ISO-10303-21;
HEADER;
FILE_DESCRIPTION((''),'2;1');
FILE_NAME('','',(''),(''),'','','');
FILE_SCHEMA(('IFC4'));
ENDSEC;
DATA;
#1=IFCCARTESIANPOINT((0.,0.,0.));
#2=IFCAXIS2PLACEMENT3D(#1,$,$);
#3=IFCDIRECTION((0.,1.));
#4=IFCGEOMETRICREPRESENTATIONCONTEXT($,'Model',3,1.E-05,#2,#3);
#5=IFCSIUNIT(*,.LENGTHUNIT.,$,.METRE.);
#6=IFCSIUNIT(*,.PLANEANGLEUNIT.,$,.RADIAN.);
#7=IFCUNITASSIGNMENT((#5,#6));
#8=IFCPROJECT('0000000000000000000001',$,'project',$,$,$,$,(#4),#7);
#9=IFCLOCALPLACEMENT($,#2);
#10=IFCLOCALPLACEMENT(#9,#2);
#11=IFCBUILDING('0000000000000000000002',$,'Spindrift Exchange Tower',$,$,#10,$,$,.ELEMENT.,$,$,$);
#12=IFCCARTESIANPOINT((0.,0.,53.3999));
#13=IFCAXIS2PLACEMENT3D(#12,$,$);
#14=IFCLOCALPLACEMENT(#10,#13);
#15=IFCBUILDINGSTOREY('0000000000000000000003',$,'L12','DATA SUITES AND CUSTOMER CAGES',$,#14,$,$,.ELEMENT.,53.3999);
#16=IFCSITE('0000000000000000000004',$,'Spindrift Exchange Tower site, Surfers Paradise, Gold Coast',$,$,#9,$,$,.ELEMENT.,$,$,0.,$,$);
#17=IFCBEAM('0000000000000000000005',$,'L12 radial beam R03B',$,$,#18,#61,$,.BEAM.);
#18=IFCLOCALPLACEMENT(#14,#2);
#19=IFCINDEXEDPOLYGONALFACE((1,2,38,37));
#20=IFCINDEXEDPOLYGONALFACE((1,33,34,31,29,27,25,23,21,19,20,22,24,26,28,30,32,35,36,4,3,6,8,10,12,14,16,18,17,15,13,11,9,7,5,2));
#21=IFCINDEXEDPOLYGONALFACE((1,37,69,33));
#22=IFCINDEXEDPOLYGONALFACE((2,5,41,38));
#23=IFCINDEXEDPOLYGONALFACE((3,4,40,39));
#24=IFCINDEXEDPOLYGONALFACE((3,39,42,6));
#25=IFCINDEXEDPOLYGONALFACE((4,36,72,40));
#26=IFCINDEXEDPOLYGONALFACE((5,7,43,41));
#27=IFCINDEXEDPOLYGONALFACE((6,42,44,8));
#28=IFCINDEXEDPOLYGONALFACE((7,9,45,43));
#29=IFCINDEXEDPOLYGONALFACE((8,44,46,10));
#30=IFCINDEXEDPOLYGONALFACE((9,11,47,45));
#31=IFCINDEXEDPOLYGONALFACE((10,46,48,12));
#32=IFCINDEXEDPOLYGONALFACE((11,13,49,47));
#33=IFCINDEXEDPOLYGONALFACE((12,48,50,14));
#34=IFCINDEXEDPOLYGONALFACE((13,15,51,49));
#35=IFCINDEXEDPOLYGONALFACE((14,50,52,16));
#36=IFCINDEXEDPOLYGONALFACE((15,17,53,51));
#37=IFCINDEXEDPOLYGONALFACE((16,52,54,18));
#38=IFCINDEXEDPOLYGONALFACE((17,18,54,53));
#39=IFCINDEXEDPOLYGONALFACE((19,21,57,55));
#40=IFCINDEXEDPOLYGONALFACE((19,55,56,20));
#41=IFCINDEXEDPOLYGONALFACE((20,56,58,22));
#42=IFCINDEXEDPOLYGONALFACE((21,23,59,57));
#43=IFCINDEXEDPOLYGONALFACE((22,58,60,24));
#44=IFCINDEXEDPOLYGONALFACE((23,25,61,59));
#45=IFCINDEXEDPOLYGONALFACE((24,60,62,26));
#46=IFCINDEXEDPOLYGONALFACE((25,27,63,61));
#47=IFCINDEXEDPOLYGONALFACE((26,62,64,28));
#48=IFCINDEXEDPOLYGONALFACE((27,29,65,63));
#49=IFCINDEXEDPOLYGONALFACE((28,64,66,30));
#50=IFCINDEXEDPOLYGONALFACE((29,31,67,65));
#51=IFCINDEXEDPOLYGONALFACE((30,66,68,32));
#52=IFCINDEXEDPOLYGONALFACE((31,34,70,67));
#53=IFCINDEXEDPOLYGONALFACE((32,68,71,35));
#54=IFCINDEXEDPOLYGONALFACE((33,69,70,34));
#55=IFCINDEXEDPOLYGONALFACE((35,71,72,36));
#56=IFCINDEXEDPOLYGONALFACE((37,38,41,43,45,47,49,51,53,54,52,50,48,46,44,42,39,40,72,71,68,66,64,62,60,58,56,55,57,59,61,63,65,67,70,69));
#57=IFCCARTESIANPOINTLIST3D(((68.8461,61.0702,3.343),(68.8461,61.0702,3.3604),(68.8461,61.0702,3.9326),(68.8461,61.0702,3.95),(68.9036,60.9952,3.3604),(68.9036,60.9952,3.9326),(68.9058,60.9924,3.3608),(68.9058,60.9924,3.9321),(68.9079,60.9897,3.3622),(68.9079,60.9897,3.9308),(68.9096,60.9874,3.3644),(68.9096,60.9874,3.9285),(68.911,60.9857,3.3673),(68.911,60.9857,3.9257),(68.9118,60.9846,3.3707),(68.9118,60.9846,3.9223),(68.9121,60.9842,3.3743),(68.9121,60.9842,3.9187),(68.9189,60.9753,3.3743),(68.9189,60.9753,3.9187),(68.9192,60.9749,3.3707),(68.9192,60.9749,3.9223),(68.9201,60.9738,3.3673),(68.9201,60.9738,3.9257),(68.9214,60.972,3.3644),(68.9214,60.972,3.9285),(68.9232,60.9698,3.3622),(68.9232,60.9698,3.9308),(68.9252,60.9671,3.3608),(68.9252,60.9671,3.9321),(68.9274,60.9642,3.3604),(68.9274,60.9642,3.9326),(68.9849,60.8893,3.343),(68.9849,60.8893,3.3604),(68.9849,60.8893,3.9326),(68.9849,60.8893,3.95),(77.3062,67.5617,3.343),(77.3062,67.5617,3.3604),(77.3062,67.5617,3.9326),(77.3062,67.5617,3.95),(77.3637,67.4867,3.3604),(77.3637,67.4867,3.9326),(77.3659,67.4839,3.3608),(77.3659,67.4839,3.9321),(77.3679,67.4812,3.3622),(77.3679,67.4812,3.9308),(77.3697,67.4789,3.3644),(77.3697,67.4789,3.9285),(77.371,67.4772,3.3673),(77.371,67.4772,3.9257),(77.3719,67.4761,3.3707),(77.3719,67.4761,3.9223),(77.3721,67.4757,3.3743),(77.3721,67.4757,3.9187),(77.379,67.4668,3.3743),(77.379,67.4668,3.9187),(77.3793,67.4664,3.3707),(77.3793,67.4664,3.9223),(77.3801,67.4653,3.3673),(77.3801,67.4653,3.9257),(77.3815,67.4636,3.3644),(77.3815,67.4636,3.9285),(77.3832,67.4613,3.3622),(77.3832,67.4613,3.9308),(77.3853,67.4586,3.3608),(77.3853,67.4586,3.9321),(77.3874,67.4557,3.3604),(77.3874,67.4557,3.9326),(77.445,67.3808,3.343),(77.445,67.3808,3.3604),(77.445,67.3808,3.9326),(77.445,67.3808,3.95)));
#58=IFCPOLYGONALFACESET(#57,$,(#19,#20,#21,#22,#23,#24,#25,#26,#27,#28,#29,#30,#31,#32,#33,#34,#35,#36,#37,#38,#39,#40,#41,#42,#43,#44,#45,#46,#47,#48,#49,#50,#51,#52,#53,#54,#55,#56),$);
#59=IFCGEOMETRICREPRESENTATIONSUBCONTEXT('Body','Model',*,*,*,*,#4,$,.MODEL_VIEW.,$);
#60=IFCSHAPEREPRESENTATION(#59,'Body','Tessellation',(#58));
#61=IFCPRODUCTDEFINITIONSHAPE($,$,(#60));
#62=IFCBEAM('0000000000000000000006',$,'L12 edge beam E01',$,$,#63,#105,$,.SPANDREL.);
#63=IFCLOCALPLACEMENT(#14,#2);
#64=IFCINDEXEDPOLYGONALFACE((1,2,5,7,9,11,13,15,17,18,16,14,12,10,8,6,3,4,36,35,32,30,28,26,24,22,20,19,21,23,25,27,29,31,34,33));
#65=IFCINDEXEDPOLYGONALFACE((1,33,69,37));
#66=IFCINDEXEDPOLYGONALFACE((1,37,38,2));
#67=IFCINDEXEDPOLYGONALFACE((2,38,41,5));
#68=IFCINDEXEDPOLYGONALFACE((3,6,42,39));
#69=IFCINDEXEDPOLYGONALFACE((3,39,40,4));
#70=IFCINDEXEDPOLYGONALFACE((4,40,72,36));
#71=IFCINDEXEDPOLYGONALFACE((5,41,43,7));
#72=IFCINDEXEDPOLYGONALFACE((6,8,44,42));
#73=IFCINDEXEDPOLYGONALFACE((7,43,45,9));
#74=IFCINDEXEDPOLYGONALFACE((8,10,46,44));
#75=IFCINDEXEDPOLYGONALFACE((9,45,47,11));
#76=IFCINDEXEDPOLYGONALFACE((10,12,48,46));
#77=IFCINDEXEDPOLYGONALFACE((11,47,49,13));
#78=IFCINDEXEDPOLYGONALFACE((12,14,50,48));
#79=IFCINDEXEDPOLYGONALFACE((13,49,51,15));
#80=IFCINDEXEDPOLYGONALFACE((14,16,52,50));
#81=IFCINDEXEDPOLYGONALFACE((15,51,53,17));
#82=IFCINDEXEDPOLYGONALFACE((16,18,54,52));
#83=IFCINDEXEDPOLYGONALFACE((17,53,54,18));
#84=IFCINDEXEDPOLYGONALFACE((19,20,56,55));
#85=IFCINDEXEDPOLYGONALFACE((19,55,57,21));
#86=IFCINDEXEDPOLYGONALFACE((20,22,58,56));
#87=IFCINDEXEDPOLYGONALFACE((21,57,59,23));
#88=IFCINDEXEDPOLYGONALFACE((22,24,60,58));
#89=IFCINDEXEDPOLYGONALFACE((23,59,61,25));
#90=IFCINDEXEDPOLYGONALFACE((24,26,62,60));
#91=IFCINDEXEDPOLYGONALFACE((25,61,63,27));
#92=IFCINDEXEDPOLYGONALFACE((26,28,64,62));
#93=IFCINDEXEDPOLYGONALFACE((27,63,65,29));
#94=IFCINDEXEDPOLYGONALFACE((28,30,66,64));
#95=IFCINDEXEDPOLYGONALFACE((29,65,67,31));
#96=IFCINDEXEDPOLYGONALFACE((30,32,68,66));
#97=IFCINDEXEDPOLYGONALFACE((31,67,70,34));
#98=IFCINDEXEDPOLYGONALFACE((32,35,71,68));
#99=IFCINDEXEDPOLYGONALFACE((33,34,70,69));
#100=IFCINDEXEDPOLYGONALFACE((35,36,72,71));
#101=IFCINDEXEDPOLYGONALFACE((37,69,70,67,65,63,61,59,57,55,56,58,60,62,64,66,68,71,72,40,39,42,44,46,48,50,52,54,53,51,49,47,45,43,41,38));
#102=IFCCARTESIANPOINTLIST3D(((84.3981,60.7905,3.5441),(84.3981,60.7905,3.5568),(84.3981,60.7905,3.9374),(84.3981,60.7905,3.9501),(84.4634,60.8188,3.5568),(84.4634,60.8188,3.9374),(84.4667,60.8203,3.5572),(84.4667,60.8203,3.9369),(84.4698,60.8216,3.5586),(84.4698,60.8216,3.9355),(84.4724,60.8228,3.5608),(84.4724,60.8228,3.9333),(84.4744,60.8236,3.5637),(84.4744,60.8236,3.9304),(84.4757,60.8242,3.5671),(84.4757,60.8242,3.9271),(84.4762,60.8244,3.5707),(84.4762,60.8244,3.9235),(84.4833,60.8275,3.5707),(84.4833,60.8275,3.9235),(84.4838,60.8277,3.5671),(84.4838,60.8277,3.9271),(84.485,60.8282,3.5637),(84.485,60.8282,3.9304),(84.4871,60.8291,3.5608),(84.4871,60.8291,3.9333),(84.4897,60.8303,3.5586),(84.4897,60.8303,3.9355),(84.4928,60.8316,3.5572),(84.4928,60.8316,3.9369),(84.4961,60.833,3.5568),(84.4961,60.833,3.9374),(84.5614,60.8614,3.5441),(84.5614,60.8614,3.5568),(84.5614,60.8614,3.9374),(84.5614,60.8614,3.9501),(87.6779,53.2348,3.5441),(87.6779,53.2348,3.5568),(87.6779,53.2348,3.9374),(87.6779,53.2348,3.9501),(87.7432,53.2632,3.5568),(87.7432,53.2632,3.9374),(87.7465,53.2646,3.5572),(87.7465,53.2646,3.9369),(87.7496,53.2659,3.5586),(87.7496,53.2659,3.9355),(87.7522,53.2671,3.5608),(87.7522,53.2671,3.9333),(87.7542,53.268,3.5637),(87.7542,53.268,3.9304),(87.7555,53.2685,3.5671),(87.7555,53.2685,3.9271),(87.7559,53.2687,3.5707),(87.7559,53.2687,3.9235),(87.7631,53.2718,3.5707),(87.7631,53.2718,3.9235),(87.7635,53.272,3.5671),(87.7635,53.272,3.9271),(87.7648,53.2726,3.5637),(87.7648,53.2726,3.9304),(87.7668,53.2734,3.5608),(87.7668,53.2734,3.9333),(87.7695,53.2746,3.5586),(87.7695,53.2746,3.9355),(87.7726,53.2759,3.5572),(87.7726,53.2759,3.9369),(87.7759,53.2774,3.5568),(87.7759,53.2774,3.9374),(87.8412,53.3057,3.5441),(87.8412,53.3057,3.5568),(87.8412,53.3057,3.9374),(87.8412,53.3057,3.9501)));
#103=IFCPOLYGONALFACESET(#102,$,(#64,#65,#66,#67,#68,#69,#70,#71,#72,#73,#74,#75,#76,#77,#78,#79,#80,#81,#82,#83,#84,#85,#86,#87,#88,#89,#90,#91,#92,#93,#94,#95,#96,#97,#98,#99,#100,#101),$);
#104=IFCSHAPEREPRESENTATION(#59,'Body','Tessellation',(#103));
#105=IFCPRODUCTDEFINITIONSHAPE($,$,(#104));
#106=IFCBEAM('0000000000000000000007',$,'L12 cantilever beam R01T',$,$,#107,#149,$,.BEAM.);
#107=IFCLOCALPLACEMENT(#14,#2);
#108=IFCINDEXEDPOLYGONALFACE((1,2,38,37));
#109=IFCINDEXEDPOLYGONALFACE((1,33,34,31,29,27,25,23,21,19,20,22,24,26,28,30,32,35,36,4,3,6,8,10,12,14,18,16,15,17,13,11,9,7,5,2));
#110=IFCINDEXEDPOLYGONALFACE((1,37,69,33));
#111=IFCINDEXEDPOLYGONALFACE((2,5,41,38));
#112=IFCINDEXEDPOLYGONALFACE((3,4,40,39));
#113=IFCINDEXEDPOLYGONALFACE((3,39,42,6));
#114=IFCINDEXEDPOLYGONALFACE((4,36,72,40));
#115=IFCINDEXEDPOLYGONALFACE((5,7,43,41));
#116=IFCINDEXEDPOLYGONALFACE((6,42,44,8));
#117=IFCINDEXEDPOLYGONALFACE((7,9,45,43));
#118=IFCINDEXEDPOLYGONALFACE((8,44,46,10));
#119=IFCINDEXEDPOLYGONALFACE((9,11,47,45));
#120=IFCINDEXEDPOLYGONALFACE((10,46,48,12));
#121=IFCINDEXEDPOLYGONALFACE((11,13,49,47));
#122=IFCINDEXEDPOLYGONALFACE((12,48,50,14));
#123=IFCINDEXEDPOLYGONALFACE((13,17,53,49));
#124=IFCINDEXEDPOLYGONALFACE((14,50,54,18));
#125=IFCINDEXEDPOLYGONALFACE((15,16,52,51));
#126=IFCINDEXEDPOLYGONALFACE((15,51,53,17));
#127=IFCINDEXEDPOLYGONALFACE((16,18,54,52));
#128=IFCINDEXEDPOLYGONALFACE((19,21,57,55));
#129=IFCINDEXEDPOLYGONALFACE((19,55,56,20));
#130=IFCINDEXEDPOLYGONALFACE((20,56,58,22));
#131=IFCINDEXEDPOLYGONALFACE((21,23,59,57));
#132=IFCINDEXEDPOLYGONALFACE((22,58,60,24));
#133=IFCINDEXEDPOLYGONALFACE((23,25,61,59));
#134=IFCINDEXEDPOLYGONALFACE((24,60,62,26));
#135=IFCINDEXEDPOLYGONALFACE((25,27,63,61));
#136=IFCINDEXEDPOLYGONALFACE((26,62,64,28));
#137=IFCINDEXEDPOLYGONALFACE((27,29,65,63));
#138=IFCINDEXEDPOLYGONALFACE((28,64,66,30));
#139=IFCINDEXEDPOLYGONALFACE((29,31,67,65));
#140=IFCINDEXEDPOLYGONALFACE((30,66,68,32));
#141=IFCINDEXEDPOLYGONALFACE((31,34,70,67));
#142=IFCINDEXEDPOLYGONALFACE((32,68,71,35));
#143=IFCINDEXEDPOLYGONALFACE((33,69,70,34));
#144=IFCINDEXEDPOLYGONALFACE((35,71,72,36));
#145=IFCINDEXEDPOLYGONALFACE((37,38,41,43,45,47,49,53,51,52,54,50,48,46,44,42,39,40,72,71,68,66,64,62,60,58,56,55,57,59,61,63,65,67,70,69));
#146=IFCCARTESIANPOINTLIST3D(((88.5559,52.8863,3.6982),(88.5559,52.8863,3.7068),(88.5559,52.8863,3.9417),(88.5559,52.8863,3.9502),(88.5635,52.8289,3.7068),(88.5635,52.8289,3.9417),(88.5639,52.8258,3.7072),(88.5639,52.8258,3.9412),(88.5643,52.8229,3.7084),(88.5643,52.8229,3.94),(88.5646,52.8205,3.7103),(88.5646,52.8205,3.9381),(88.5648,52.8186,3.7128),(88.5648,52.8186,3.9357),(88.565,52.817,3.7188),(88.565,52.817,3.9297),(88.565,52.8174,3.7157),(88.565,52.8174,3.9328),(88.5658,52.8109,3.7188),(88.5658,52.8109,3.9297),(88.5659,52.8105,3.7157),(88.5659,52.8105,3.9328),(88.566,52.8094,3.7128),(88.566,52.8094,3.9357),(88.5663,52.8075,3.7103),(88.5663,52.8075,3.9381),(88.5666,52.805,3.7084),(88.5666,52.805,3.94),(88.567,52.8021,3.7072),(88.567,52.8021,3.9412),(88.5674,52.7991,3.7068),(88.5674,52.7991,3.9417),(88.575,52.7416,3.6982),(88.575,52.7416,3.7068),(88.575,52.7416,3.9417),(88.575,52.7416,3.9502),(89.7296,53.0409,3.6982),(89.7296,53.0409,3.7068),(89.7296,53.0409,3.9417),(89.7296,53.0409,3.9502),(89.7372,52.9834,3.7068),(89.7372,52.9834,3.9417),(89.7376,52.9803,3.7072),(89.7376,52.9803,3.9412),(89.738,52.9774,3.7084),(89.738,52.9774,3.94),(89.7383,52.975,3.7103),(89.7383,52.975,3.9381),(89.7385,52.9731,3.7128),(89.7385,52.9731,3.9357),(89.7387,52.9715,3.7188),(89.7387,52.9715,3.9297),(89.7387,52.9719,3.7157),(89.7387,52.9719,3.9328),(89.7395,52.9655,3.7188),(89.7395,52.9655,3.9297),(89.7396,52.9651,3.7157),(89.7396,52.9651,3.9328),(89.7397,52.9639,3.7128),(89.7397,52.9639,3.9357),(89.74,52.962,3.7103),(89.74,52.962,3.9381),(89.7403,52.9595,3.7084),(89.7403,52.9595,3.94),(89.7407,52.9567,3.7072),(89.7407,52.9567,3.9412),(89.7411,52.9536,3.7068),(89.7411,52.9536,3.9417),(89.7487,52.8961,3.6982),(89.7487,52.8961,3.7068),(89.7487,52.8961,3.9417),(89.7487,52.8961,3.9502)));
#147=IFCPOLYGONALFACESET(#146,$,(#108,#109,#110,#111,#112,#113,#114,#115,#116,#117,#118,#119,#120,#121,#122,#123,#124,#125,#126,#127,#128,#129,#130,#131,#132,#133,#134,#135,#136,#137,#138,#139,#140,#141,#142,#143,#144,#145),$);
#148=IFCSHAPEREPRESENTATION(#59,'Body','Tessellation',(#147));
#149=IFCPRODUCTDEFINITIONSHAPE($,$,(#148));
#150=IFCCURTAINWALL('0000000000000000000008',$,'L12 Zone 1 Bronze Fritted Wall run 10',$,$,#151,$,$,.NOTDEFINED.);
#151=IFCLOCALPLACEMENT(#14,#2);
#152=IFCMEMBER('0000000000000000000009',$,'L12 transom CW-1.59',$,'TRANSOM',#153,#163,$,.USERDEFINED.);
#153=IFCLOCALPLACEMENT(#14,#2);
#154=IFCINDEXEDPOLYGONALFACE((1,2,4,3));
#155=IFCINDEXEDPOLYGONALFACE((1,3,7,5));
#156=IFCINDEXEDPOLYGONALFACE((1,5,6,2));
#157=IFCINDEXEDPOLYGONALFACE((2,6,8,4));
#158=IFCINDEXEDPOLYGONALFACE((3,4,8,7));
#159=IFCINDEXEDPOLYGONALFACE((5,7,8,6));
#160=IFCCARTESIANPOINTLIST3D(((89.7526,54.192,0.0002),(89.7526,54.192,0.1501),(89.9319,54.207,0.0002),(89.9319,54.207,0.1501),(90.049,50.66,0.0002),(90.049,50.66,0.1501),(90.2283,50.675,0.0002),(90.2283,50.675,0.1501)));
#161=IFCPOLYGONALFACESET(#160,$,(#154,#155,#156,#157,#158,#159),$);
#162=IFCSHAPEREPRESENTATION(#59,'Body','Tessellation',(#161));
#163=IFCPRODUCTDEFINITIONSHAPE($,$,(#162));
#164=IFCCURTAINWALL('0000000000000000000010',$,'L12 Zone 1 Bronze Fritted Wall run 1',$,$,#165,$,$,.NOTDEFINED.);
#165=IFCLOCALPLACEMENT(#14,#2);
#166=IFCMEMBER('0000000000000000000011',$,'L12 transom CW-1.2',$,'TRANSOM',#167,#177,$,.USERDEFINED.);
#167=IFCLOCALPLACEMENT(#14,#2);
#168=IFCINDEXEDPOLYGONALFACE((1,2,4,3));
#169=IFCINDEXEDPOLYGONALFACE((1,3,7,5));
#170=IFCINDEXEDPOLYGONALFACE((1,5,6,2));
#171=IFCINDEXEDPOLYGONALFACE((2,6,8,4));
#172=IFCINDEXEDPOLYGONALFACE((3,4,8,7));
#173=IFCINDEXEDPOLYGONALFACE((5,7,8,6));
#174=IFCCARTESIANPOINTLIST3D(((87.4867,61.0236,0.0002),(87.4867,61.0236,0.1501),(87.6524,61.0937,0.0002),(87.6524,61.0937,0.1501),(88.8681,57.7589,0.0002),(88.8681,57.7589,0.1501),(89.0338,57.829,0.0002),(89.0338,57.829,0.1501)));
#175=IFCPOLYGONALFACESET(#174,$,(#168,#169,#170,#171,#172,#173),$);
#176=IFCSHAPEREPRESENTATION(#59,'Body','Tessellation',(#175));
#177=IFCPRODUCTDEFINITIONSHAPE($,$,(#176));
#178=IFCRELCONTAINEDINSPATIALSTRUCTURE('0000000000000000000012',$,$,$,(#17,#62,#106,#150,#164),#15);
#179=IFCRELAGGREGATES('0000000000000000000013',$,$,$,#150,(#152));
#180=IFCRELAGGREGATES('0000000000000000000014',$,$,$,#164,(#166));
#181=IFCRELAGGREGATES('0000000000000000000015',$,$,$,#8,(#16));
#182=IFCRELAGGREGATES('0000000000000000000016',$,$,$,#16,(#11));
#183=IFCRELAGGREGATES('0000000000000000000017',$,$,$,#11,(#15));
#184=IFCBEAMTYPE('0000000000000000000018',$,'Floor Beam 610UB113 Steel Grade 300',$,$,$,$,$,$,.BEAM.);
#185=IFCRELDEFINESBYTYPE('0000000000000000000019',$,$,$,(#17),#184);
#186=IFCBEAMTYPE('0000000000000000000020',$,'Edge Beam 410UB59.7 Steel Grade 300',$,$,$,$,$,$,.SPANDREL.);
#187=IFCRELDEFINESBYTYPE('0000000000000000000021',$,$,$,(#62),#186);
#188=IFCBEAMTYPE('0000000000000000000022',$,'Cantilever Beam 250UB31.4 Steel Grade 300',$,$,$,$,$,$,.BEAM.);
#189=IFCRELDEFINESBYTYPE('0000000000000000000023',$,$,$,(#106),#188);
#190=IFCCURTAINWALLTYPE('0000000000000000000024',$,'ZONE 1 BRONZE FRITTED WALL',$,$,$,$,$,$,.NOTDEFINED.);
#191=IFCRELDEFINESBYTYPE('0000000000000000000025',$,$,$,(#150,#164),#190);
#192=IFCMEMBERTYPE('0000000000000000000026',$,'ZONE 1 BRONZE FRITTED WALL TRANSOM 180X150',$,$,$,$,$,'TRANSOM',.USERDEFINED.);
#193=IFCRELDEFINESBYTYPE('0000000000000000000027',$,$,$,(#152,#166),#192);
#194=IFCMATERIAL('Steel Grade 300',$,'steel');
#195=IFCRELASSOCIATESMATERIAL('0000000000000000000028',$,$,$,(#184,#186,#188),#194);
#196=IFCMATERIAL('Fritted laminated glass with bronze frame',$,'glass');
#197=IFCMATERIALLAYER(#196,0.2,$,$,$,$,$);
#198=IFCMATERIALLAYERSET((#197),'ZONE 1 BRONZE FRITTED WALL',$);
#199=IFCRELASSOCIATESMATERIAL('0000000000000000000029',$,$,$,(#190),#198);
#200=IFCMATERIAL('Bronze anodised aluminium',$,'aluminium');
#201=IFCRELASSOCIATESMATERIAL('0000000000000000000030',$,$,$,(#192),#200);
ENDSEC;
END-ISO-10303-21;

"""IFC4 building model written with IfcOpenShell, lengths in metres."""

from ifc_helpers import new_model, si_unit, direction, frame, origin, origin_2d, place, context, subcontext, project, spatial, rectangle, i_section, extrude, source, transform, mapped, material, layer, layer_set, material_profile, profile_set, type_object, element, aggregate, save


model = new_model("IFC4")

# Units and contexts
model_context = context("Model", 3, precision=1e-05, world=origin(), true_north=direction((0.0, 1.0)))
body_context = subcontext(model_context, "Body", "Model", "MODEL_VIEW")
ifc_project = project(units=[si_unit("LENGTHUNIT", "METRE"), si_unit("PLANEANGLEUNIT", "RADIAN")], contexts=[model_context])

# Site, building, storey
site_placement = place(None, origin())
site = spatial("IfcSite", under=ifc_project, at=site_placement, Name="Spindrift Exchange Tower site, Surfers Paradise, Gold Coast", CompositionType="ELEMENT", RefElevation=0.0)
building_placement = place(site_placement, origin())
building = spatial("IfcBuilding", under=site, at=building_placement, Name="Spindrift Exchange Tower", CompositionType="ELEMENT")
storey_placement = place(building_placement, frame((0.0, 0.0, 53.3999)))
storey = spatial("IfcBuildingStorey", under=building, at=storey_placement, Name="L12", Description="DATA SUITES AND CUSTOMER CAGES", CompositionType="ELEMENT", Elevation=53.3999)

# Beams
ifc_material_1 = material(Name="Steel Grade 300", Category="steel")
ifc_material_profile_1 = material_profile(ifc_material_1, i_section(OverallWidth=0.228, OverallDepth=0.6069, WebThickness=0.0112, FlangeThickness=0.0173, FilletRadius=0.0139, at=origin_2d()), Name="610UB113")
ifc_profile_set_1 = profile_set([ifc_material_profile_1], Name="Steel Grade 300")
beam_type_1 = type_object("IfcBeamType", Name="Floor Beam 610UB113 Steel Grade 300", PredefinedType="BEAM", material=ifc_profile_set_1)
shared_shape_1 = source(origin(), body_context, "Body", "SweptSolid", [
    extrude(i_section(OverallWidth=0.228, OverallDepth=0.6069, WebThickness=0.0112, FlangeThickness=0.0173, FilletRadius=0.0139, at=origin_2d()), origin(), (0.0, 0.0, 1.0), 10.6636),
])
beam_1_placement = place(storey_placement, frame((68.9155, 60.9797, 3.6465), z_axis=(0.793358, 0.608755, 0.0), x_axis=(-0.608755, 0.793358, 0.0)))
element("IfcBeam", 1, at=beam_1_placement, inside=storey, type_object=beam_type_1, Name="L12 radial beam R03B", PredefinedType="BEAM", context=body_context, shape_type="MappedRepresentation", body=[
    mapped(shared_shape_1, transform((0.0, 0.0, 0.0), scale=1.0)),
])
ifc_material_profile_2 = material_profile(ifc_material_1, i_section(OverallWidth=0.178, OverallDepth=0.406, WebThickness=0.0078, FlangeThickness=0.0127, FilletRadius=0.0139, at=origin_2d()), Name="410UB59.7")
ifc_profile_set_2 = profile_set([ifc_material_profile_2], Name="Steel Grade 300")
beam_type_2 = type_object("IfcBeamType", Name="Edge Beam 410UB59.7 Steel Grade 300", PredefinedType="SPANDREL", material=ifc_profile_set_2)
shared_shape_2 = source(origin(), body_context, "Body", "SweptSolid", [
    extrude(i_section(OverallWidth=0.178, OverallDepth=0.406, WebThickness=0.0078, FlangeThickness=0.0127, FilletRadius=0.0139, at=origin_2d()), origin(), (0.0, 0.0, 1.0), 8.2368),
])
beam_2_placement = place(storey_placement, frame((87.7595, 53.2703, 3.7471), z_axis=(-0.398186, 0.917305, 0.0), x_axis=(-0.917305, -0.398186, 0.0)))
element("IfcBeam", 2, at=beam_2_placement, inside=storey, type_object=beam_type_2, Name="L12 edge beam E01", PredefinedType="SPANDREL", context=body_context, shape_type="MappedRepresentation", body=[
    mapped(shared_shape_2, transform((0.0, 0.0, 0.0), scale=1.0)),
])
ifc_material_profile_3 = material_profile(ifc_material_1, i_section(OverallWidth=0.146, OverallDepth=0.252, WebThickness=0.0061, FlangeThickness=0.0085, FilletRadius=0.012, at=origin_2d()), Name="250UB31.4")
ifc_profile_set_3 = profile_set([ifc_material_profile_3], Name="Steel Grade 300")
beam_type_3 = type_object("IfcBeamType", Name="Cantilever Beam 250UB31.4 Steel Grade 300", PredefinedType="BEAM", material=ifc_profile_set_3)
shared_shape_3 = source(origin(), body_context, "Body", "SweptSolid", [
    extrude(i_section(OverallWidth=0.146, OverallDepth=0.252, WebThickness=0.0061, FlangeThickness=0.0085, FilletRadius=0.012, at=origin_2d()), origin(), (0.0, 0.0, 1.0), 1.1838),
])
beam_3_placement = place(storey_placement, frame((88.5654, 52.814, 3.8242), z_axis=(0.991444, 0.130529, 0.0), x_axis=(-0.130529, 0.991444, 0.0)))
element("IfcBeam", 3, at=beam_3_placement, inside=storey, type_object=beam_type_3, Name="L12 cantilever beam R01T", PredefinedType="BEAM", context=body_context, shape_type="MappedRepresentation", body=[
    mapped(shared_shape_3, transform((0.0, 0.0, 0.0), scale=1.0)),
])

# Curtain wall, member
ifc_material_2 = material(Name="Fritted laminated glass with bronze frame", Category="glass")
ifc_layer_1 = layer(ifc_material_2, 0.2)
ifc_layer_set_1 = layer_set([ifc_layer_1], Name="ZONE 1 BRONZE FRITTED WALL")
curtain_wall_type = type_object("IfcCurtainWallType", Name="ZONE 1 BRONZE FRITTED WALL", PredefinedType="NOTDEFINED", material=ifc_layer_set_1)
curtain_wall_1_placement = place(storey_placement, origin())
curtain_wall_1 = element("IfcCurtainWall", 4, at=curtain_wall_1_placement, inside=storey, type_object=curtain_wall_type, Name="L12 Zone 1 Bronze Fritted Wall run 10", PredefinedType="NOTDEFINED")
ifc_material_3 = material(Name="Bronze anodised aluminium", Category="aluminium")
ifc_material_profile_4 = material_profile(ifc_material_3, rectangle(XDim=0.1799, YDim=0.1499, at=origin_2d()), Name="ZONE 1 BRONZE FRITTED WALL TRANSOM 180X150")
ifc_profile_set_4 = profile_set([ifc_material_profile_4], Name="Bronze anodised aluminium")
member_type_1 = type_object("IfcMemberType", Name="ZONE 1 BRONZE FRITTED WALL TRANSOM 180X150", ElementType="TRANSOM", PredefinedType="USERDEFINED", material=ifc_profile_set_4)
shared_shape_4 = source(origin(), body_context, "Body", "SweptSolid", [
    extrude(rectangle(XDim=0.1799, YDim=0.1499, at=origin_2d()), origin(), (0.0, 0.0, 1.0), 3.5444),
])
member_1_placement = place(storey_placement, frame((90.1387, 50.6675, 0.0752), z_axis=(-0.083621, 0.996498, 0.0), x_axis=(-0.996498, -0.083621, 0.0)))
member_1 = element("IfcMember", 5, at=member_1_placement, type_object=member_type_1, Name="L12 transom CW-1.59", ObjectType="TRANSOM", PredefinedType="USERDEFINED", context=body_context, shape_type="MappedRepresentation", body=[
    mapped(shared_shape_4, transform((0.0, 0.0, 0.0), scale=1.0)),
])

# Curtain wall, member
curtain_wall_2_placement = place(storey_placement, origin())
curtain_wall_2 = element("IfcCurtainWall", 6, at=curtain_wall_2_placement, inside=storey, type_object=curtain_wall_type, Name="L12 Zone 1 Bronze Fritted Wall run 1", PredefinedType="NOTDEFINED")
shared_shape_5 = source(origin(), body_context, "Body", "SweptSolid", [
    extrude(rectangle(XDim=0.1799, YDim=0.1499, at=origin_2d()), origin(), (0.0, 0.0, 1.0), 3.5449),
])
member_2_placement = place(storey_placement, frame((88.9509, 57.7939, 0.0752), z_axis=(-0.389676, 0.920952, 0.0), x_axis=(-0.920952, -0.389676, 0.0)))
member_2 = element("IfcMember", 7, at=member_2_placement, type_object=member_type_1, Name="L12 transom CW-1.2", ObjectType="TRANSOM", PredefinedType="USERDEFINED", context=body_context, shape_type="MappedRepresentation", body=[
    mapped(shared_shape_5, transform((0.0, 0.0, 0.0), scale=1.0)),
])

aggregate(curtain_wall_1, [member_1])
aggregate(curtain_wall_2, [member_2])

save(model, "model.ifc")
